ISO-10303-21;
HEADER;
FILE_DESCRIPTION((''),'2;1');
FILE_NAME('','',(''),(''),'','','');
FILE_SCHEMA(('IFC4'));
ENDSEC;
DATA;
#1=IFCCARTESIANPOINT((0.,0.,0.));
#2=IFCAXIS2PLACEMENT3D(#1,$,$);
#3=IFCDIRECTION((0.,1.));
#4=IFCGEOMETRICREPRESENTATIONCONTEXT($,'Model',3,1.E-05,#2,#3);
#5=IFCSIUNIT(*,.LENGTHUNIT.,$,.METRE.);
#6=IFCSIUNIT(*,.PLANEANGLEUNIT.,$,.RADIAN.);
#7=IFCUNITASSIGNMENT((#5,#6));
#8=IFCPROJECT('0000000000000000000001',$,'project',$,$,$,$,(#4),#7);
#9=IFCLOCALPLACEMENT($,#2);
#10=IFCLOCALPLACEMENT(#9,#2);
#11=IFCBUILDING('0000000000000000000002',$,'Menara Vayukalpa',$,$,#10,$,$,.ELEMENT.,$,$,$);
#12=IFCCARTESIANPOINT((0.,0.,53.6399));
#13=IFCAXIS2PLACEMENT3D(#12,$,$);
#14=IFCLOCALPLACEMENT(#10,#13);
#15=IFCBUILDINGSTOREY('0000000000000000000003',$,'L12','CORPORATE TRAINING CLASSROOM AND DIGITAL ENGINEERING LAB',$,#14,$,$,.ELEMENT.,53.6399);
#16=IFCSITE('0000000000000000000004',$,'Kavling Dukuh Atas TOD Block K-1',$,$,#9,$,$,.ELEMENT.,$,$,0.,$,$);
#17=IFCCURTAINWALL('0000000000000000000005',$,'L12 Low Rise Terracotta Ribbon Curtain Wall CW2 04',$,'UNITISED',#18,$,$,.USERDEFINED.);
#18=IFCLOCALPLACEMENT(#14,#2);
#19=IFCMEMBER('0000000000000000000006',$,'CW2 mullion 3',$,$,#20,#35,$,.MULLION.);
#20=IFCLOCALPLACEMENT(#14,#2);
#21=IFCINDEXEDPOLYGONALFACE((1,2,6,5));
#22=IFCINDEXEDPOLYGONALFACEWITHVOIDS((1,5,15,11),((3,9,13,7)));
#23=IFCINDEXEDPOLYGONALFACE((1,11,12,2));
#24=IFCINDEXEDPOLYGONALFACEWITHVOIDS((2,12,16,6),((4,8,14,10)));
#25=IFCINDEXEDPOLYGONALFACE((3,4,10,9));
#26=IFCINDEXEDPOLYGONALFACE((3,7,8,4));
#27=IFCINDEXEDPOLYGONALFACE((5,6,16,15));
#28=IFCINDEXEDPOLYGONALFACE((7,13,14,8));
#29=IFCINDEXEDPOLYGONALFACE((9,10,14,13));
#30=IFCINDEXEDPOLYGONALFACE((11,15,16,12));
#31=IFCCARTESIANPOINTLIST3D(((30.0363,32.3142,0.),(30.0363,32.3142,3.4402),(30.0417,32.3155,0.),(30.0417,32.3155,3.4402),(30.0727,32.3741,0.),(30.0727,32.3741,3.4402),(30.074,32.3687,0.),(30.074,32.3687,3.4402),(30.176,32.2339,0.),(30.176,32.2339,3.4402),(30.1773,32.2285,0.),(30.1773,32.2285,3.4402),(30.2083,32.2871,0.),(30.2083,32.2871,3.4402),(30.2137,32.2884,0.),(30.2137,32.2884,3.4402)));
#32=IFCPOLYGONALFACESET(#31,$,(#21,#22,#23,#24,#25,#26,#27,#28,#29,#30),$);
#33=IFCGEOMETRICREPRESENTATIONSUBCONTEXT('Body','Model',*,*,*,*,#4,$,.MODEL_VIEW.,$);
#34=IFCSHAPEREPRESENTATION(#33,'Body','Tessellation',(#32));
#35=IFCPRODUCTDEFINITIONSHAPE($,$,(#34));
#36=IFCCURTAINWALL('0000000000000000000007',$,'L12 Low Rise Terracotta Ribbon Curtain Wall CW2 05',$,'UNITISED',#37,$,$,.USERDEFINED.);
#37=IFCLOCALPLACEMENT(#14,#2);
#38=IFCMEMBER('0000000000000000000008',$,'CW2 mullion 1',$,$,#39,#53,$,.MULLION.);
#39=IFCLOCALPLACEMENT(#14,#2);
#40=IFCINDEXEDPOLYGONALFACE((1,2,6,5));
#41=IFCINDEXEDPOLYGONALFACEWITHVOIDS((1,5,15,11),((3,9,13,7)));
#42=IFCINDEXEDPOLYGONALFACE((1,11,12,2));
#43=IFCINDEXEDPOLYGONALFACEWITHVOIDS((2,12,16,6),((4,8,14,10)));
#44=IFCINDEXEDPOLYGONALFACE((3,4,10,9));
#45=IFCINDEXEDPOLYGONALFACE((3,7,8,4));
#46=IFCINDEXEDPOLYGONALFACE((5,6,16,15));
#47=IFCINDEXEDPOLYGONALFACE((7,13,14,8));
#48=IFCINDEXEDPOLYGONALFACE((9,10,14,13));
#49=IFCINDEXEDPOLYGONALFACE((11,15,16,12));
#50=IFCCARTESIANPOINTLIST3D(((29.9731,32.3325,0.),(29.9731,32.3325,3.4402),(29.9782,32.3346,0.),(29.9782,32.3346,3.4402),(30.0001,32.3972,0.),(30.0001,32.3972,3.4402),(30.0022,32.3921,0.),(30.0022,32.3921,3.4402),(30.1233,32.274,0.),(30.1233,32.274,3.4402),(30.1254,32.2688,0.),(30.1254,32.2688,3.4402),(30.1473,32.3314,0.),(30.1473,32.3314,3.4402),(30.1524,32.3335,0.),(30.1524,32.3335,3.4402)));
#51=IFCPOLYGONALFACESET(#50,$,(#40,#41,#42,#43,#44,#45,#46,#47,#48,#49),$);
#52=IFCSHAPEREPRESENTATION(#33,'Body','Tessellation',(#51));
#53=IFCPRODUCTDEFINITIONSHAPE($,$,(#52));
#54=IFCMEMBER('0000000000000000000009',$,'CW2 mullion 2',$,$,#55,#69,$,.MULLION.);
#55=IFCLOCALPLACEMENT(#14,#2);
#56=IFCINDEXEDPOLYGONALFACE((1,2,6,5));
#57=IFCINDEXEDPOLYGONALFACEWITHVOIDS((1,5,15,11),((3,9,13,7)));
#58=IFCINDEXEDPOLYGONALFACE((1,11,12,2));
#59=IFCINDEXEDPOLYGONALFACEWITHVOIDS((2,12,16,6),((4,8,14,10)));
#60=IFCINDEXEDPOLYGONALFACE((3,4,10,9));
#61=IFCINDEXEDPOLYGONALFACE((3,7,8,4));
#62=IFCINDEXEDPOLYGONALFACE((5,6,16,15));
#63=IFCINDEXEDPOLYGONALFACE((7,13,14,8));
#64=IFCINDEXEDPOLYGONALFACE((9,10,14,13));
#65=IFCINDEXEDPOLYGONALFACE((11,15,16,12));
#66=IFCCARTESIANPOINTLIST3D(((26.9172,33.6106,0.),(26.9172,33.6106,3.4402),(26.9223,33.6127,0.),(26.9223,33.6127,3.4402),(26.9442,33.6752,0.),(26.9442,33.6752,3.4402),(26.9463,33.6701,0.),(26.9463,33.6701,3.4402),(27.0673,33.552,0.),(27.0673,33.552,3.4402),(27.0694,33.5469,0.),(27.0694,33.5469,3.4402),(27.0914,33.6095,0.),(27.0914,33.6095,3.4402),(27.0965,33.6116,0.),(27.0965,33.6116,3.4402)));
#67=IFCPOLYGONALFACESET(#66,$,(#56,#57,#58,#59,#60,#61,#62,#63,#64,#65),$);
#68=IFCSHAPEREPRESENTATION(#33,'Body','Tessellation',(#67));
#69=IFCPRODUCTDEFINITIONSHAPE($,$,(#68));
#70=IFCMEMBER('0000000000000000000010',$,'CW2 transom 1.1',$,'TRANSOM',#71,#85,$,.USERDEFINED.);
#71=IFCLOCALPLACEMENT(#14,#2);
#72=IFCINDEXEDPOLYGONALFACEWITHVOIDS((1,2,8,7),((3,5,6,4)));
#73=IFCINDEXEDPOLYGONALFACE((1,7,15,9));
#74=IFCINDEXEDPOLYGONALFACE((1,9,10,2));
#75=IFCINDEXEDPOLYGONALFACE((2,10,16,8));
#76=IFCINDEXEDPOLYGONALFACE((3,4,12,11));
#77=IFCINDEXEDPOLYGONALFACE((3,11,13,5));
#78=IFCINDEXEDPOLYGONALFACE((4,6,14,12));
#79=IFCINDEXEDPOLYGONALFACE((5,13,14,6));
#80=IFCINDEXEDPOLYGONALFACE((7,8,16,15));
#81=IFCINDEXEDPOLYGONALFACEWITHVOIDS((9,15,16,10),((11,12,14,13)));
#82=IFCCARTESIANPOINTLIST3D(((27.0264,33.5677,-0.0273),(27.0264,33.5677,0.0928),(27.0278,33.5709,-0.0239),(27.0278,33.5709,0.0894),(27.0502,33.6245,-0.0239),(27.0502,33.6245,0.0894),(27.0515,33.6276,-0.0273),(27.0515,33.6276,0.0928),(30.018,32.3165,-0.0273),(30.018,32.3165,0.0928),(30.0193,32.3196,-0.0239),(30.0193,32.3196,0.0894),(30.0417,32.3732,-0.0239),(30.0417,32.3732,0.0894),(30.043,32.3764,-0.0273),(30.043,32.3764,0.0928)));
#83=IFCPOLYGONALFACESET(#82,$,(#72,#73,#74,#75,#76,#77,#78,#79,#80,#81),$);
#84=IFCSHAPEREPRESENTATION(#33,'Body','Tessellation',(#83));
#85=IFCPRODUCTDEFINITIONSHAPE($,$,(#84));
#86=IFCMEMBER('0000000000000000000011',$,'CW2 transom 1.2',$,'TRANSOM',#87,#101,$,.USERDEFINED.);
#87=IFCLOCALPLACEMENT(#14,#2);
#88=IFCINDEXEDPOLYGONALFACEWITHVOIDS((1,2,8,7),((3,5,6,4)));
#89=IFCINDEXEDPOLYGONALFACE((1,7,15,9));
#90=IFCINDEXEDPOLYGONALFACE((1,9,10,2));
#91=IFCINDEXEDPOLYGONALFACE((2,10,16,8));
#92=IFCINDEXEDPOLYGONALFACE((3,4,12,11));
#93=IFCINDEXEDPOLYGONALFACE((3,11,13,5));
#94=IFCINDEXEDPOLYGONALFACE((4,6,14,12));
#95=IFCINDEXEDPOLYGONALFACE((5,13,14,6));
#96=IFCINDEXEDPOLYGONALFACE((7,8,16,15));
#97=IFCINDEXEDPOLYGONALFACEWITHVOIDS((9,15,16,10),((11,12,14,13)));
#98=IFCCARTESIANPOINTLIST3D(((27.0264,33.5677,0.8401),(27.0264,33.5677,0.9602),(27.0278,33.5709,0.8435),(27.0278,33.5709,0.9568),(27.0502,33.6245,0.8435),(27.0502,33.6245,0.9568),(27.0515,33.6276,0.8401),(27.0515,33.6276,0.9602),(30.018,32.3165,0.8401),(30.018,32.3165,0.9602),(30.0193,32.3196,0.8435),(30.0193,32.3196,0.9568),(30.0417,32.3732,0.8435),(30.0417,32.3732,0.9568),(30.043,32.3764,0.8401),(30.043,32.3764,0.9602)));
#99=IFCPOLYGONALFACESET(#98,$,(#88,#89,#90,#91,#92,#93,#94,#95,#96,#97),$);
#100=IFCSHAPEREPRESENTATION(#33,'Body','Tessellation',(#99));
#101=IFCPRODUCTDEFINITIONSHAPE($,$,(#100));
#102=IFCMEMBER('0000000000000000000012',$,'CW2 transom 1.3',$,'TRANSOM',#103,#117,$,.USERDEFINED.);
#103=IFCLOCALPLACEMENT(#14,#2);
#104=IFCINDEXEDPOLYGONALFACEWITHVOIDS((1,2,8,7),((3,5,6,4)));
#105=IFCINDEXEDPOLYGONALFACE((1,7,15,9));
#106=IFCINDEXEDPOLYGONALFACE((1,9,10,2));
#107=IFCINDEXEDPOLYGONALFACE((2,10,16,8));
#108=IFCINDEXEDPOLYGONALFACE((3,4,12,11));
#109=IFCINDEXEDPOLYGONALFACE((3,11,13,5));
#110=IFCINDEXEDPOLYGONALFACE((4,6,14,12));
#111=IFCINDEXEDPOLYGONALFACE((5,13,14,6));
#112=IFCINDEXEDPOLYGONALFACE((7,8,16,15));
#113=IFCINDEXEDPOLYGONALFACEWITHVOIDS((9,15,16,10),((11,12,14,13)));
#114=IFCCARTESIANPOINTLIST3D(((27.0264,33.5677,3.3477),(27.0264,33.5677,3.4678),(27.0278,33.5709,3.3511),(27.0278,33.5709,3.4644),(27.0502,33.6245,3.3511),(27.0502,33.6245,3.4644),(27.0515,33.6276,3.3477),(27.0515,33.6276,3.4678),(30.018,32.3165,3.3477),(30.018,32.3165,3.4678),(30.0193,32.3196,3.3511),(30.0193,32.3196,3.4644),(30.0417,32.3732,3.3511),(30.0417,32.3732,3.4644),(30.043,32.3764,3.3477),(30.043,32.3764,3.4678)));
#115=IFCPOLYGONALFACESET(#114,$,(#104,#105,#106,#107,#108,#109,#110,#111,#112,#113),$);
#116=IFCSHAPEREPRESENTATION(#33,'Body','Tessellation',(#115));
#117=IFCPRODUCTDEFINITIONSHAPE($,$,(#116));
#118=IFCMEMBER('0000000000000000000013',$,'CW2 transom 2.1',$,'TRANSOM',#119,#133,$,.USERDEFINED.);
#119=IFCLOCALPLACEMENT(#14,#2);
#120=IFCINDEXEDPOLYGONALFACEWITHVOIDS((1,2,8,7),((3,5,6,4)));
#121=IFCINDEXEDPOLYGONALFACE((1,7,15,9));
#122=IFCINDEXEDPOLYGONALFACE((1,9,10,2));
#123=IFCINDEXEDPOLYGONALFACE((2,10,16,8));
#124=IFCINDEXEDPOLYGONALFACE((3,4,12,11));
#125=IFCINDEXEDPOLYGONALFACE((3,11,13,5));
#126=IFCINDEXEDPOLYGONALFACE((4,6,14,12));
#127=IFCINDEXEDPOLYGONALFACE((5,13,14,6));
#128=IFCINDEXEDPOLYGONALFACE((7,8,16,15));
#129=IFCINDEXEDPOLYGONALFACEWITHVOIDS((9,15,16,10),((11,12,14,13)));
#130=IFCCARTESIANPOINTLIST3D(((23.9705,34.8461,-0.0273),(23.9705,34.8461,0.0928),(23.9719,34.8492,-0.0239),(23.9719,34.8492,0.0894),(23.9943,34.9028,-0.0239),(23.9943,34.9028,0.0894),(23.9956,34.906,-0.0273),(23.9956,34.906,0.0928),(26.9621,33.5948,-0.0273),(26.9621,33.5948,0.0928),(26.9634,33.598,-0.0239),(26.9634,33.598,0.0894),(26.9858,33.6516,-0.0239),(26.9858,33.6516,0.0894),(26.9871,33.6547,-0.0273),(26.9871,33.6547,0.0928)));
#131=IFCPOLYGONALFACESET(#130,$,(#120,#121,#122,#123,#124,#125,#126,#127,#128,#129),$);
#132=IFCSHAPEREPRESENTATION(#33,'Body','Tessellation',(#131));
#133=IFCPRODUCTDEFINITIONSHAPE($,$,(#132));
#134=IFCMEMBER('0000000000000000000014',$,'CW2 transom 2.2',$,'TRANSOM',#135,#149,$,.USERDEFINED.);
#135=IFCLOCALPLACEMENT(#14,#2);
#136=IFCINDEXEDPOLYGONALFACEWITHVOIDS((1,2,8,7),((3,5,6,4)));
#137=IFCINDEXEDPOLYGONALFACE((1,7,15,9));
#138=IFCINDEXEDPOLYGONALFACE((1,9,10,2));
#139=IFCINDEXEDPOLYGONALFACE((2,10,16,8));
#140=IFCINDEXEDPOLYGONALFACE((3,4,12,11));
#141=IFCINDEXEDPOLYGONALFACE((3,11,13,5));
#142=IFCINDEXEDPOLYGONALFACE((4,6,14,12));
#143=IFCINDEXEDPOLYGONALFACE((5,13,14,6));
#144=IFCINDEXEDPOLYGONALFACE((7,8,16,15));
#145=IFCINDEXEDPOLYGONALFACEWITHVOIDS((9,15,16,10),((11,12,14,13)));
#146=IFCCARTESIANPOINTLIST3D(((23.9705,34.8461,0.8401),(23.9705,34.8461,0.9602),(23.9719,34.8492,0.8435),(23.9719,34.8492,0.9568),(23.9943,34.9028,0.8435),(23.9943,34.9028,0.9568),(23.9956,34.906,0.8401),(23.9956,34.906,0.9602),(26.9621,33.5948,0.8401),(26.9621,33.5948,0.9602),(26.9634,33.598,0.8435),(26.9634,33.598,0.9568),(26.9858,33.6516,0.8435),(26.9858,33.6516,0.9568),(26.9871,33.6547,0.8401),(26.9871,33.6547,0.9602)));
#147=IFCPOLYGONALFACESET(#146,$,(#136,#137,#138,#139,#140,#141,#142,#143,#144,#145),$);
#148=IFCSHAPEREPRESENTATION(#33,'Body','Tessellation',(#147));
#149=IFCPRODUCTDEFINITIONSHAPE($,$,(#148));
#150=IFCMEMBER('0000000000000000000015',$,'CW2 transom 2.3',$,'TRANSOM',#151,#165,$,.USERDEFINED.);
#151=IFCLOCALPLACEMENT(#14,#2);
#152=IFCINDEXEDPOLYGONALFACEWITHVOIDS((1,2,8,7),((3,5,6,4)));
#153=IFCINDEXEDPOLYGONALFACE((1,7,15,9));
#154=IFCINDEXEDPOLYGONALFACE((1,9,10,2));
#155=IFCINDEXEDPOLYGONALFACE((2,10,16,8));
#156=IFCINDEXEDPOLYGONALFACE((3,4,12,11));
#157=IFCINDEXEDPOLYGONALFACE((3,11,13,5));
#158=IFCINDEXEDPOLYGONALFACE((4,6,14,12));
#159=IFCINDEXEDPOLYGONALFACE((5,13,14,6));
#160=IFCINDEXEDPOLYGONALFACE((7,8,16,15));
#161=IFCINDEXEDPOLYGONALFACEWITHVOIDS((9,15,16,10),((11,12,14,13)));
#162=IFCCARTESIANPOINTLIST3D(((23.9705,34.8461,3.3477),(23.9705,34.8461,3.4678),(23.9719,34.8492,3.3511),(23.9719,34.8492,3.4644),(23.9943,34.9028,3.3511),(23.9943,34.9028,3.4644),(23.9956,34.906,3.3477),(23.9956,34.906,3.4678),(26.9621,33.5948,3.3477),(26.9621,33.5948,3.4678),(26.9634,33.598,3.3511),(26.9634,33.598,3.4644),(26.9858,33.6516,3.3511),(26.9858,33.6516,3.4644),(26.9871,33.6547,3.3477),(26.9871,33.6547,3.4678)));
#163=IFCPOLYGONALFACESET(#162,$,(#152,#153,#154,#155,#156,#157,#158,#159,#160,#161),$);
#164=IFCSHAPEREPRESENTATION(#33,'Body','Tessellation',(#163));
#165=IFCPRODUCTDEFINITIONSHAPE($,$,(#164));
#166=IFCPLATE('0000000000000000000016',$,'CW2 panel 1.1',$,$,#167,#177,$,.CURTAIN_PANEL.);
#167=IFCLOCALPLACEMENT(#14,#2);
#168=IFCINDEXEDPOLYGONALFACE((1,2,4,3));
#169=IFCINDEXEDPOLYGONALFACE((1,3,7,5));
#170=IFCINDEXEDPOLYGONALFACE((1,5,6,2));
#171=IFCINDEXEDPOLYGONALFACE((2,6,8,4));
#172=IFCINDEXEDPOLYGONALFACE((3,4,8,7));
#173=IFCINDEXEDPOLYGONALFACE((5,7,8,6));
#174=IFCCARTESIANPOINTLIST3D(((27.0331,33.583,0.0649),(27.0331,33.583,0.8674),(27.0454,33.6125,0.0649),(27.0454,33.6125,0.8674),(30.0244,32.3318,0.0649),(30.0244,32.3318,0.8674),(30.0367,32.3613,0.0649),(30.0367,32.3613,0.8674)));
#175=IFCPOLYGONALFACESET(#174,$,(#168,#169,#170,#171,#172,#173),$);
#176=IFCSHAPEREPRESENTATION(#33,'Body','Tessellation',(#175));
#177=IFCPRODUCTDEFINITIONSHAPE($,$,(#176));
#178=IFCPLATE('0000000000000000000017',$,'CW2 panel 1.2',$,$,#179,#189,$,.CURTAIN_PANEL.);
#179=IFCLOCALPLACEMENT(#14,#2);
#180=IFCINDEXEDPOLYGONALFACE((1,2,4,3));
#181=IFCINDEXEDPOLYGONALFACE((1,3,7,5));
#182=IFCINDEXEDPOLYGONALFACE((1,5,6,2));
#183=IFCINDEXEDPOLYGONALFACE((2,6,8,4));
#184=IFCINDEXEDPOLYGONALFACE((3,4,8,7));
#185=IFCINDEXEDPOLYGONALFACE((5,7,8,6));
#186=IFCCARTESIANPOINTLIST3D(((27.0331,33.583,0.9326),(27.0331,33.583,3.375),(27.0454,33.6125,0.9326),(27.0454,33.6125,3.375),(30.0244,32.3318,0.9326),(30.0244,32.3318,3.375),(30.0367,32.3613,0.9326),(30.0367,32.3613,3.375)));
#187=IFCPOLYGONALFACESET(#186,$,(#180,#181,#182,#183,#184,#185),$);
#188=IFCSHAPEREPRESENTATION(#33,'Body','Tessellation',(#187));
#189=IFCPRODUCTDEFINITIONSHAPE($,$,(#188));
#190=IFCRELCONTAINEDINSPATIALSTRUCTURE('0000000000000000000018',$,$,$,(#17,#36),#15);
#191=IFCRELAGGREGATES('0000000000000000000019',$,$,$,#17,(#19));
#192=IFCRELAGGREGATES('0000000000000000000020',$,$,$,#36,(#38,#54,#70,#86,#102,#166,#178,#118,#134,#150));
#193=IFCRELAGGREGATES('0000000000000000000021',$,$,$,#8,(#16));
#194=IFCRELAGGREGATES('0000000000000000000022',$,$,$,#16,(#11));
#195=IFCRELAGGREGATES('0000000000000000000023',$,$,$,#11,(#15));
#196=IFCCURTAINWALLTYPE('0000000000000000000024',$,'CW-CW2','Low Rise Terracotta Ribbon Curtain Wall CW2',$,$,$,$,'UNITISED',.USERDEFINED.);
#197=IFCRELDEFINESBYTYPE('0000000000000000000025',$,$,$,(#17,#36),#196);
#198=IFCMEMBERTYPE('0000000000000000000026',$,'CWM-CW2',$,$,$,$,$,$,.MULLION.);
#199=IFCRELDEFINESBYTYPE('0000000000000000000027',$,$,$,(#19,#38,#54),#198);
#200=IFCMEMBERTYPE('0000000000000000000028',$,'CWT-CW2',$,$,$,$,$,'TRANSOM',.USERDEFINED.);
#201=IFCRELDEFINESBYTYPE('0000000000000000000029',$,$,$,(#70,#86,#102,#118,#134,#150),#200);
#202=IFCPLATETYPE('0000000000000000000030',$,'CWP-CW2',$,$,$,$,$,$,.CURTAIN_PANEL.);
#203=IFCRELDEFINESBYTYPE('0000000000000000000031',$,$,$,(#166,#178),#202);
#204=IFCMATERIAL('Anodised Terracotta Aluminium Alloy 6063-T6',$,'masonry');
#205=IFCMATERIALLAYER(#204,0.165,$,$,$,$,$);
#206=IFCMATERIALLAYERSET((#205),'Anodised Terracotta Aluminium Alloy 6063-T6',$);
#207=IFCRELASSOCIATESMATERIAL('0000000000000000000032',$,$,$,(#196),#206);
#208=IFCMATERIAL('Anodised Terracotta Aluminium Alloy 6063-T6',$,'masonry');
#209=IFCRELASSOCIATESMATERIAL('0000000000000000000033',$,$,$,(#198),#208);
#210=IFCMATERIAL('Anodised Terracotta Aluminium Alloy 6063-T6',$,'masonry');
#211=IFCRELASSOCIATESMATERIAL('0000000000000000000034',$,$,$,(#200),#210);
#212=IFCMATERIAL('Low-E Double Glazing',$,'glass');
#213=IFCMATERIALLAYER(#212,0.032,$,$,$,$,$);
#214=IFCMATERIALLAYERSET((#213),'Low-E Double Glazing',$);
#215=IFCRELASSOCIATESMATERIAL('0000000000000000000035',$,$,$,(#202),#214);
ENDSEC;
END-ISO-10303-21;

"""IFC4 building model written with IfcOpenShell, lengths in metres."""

from ifc_helpers import new_model, si_unit, direction, frame, origin, origin_2d, place, context, subcontext, project, spatial, rectangle, hollow_rectangle, extrude, material, layer, layer_set, material_profile, profile_set, type_object, element, aggregate, save


model = new_model("IFC4")

# Units and contexts
model_context = context("Model", 3, precision=1e-05, world=origin(), true_north=direction((0.0, 1.0)))
body_context = subcontext(model_context, "Body", "Model", "MODEL_VIEW")
ifc_project = project(units=[si_unit("LENGTHUNIT", "METRE"), si_unit("PLANEANGLEUNIT", "RADIAN")], contexts=[model_context])

# Site, building, storey
site_placement = place(None, origin())
site = spatial("IfcSite", under=ifc_project, at=site_placement, Name="Kavling Dukuh Atas TOD Block K-1", CompositionType="ELEMENT", RefElevation=0.0)
building_placement = place(site_placement, origin())
building = spatial("IfcBuilding", under=site, at=building_placement, Name="Menara Vayukalpa", CompositionType="ELEMENT")
storey_placement = place(building_placement, frame((0.0, 0.0, 53.6399)))
storey = spatial("IfcBuildingStorey", under=building, at=storey_placement, Name="L12", Description="CORPORATE TRAINING CLASSROOM AND DIGITAL ENGINEERING LAB", CompositionType="ELEMENT", Elevation=53.6399)

# Curtain wall, member
ifc_material_1 = material(Name="Anodised Terracotta Aluminium Alloy 6063-T6", Category="masonry")
ifc_layer_1 = layer(ifc_material_1, 0.165)
ifc_layer_set_1 = layer_set([ifc_layer_1], Name="Anodised Terracotta Aluminium Alloy 6063-T6")
curtain_wall_type = type_object("IfcCurtainWallType", Name="CW-CW2", Description="Low Rise Terracotta Ribbon Curtain Wall CW2", ElementType="UNITISED", PredefinedType="USERDEFINED", material=ifc_layer_set_1)
curtain_wall_1_placement = place(storey_placement, origin())
curtain_wall_1 = element("IfcCurtainWall", 1, at=curtain_wall_1_placement, inside=storey, type_object=curtain_wall_type, Name="L12 Low Rise Terracotta Ribbon Curtain Wall CW2 04", ObjectType="UNITISED", PredefinedType="USERDEFINED")
ifc_material_2 = material(Name="Anodised Terracotta Aluminium Alloy 6063-T6", Category="masonry")
ifc_material_profile_1 = material_profile(ifc_material_2, hollow_rectangle(XDim=0.0701, YDim=0.165, WallThickness=0.0039, at=origin_2d()), Name="ALU 70x165x4")
ifc_profile_set_1 = profile_set([ifc_material_profile_1], Name="Anodised Terracotta Aluminium Alloy 6063-T6")
member_type_1 = type_object("IfcMemberType", Name="CWM-CW2", PredefinedType="MULLION", material=ifc_profile_set_1)
member_1_placement = place(storey_placement, frame((30.125, 32.3013, 0.0), z_axis=(0.0, 0.0, 1.0), x_axis=(-0.519182, -0.854664, 0.0)))
member_1 = element("IfcMember", 2, at=member_1_placement, type_object=member_type_1, Name="CW2 mullion 3", PredefinedType="MULLION", context=body_context, shape_type="SweptSolid", body=[
    extrude(hollow_rectangle(XDim=0.0701, YDim=0.165, WallThickness=0.0039, at=origin_2d()), origin(), (0.0, 0.0, 1.0), 3.4402),
])
aggregate(curtain_wall_1, [member_1])

# Curtain wall, members, plates
curtain_wall_2_placement = place(storey_placement, origin())
curtain_wall_2 = element("IfcCurtainWall", 3, at=curtain_wall_2_placement, inside=storey, type_object=curtain_wall_type, Name="L12 Low Rise Terracotta Ribbon Curtain Wall CW2 05", ObjectType="UNITISED", PredefinedType="USERDEFINED")
member_2_placement = place(storey_placement, frame((30.0627, 32.333, 0.0), z_axis=(0.0, 0.0, 1.0), x_axis=(-0.385895, -0.922543, 0.0)))
member_2 = element("IfcMember", 4, at=member_2_placement, type_object=member_type_1, Name="CW2 mullion 1", PredefinedType="MULLION", context=body_context, shape_type="SweptSolid", body=[
    extrude(hollow_rectangle(XDim=0.0701, YDim=0.165, WallThickness=0.0039, at=origin_2d()), origin(), (0.0, 0.0, 1.0), 3.4402),
])
member_3_placement = place(storey_placement, frame((27.0068, 33.6111, 0.0), z_axis=(0.0, 0.0, 1.0), x_axis=(-0.385895, -0.922543, 0.0)))
member_3 = element("IfcMember", 5, at=member_3_placement, type_object=member_type_1, Name="CW2 mullion 2", PredefinedType="MULLION", context=body_context, shape_type="SweptSolid", body=[
    extrude(hollow_rectangle(XDim=0.0701, YDim=0.165, WallThickness=0.0039, at=origin_2d()), origin(), (0.0, 0.0, 1.0), 3.4402),
])
ifc_material_3 = material(Name="Anodised Terracotta Aluminium Alloy 6063-T6", Category="masonry")
ifc_material_profile_2 = material_profile(ifc_material_3, hollow_rectangle(XDim=0.0649, YDim=0.1201, WallThickness=0.0034, at=origin_2d()), Name="ALU 65x120x3.5")
ifc_profile_set_2 = profile_set([ifc_material_profile_2], Name="Anodised Terracotta Aluminium Alloy 6063-T6")
member_type_2 = type_object("IfcMemberType", Name="CWT-CW2", ElementType="TRANSOM", PredefinedType="USERDEFINED", material=ifc_profile_set_2)
member_4_placement = place(storey_placement, frame((30.0305, 32.3464, 0.0327), z_axis=(-0.922553, 0.385871, 0.0), x_axis=(-0.385871, -0.922553, 0.0)))
member_4 = element("IfcMember", 6, at=member_4_placement, type_object=member_type_2, Name="CW2 transom 1.1", ObjectType="TRANSOM", PredefinedType="USERDEFINED", context=body_context, shape_type="SweptSolid", body=[
    extrude(hollow_rectangle(XDim=0.0649, YDim=0.1201, WallThickness=0.0034, at=origin_2d()), origin(), (0.0, 0.0, 1.0), 3.2427),
])
member_5_placement = place(storey_placement, frame((30.0305, 32.3464, 0.9001), z_axis=(-0.922553, 0.385871, 0.0), x_axis=(-0.385871, -0.922553, 0.0)))
member_5 = element("IfcMember", 7, at=member_5_placement, type_object=member_type_2, Name="CW2 transom 1.2", ObjectType="TRANSOM", PredefinedType="USERDEFINED", context=body_context, shape_type="SweptSolid", body=[
    extrude(hollow_rectangle(XDim=0.0649, YDim=0.1201, WallThickness=0.0034, at=origin_2d()), origin(), (0.0, 0.0, 1.0), 3.2427),
])
member_6_placement = place(storey_placement, frame((30.0305, 32.3464, 3.4077), z_axis=(-0.922553, 0.385871, 0.0), x_axis=(-0.385871, -0.922553, 0.0)))
member_6 = element("IfcMember", 8, at=member_6_placement, type_object=member_type_2, Name="CW2 transom 1.3", ObjectType="TRANSOM", PredefinedType="USERDEFINED", context=body_context, shape_type="SweptSolid", body=[
    extrude(hollow_rectangle(XDim=0.0649, YDim=0.1201, WallThickness=0.0034, at=origin_2d()), origin(), (0.0, 0.0, 1.0), 3.2427),
])
member_7_placement = place(storey_placement, frame((26.9746, 33.6248, 0.0327), z_axis=(-0.922553, 0.385871, 0.0), x_axis=(-0.385871, -0.922553, 0.0)))
member_7 = element("IfcMember", 9, at=member_7_placement, type_object=member_type_2, Name="CW2 transom 2.1", ObjectType="TRANSOM", PredefinedType="USERDEFINED", context=body_context, shape_type="SweptSolid", body=[
    extrude(hollow_rectangle(XDim=0.0649, YDim=0.1201, WallThickness=0.0034, at=origin_2d()), origin(), (0.0, 0.0, 1.0), 3.2427),
])
member_8_placement = place(storey_placement, frame((26.9746, 33.6248, 0.9001), z_axis=(-0.922553, 0.385871, 0.0), x_axis=(-0.385871, -0.922553, 0.0)))
member_8 = element("IfcMember", 10, at=member_8_placement, type_object=member_type_2, Name="CW2 transom 2.2", ObjectType="TRANSOM", PredefinedType="USERDEFINED", context=body_context, shape_type="SweptSolid", body=[
    extrude(hollow_rectangle(XDim=0.0649, YDim=0.1201, WallThickness=0.0034, at=origin_2d()), origin(), (0.0, 0.0, 1.0), 3.2427),
])
member_9_placement = place(storey_placement, frame((26.9746, 33.6248, 3.4077), z_axis=(-0.922553, 0.385871, 0.0), x_axis=(-0.385871, -0.922553, 0.0)))
member_9 = element("IfcMember", 11, at=member_9_placement, type_object=member_type_2, Name="CW2 transom 2.3", ObjectType="TRANSOM", PredefinedType="USERDEFINED", context=body_context, shape_type="SweptSolid", body=[
    extrude(hollow_rectangle(XDim=0.0649, YDim=0.1201, WallThickness=0.0034, at=origin_2d()), origin(), (0.0, 0.0, 1.0), 3.2427),
])
ifc_material_4 = material(Name="Low-E Double Glazing", Category="glass")
ifc_layer_2 = layer(ifc_material_4, 0.032)
ifc_layer_set_2 = layer_set([ifc_layer_2], Name="Low-E Double Glazing")
plate_type = type_object("IfcPlateType", Name="CWP-CW2", PredefinedType="CURTAIN_PANEL", material=ifc_layer_set_2)
plate_1_placement = place(storey_placement, frame((28.5349, 32.9722, 0.0649), z_axis=(0.0, 0.0, 1.0), x_axis=(-0.922543, 0.385895, 0.0)))
plate_1 = element("IfcPlate", 12, at=plate_1_placement, type_object=plate_type, Name="CW2 panel 1.1", PredefinedType="CURTAIN_PANEL", context=body_context, shape_type="SweptSolid", body=[
    extrude(rectangle(XDim=3.2424, YDim=0.032, at=origin_2d()), origin(), (0.0, 0.0, 1.0), 0.8025),
])
plate_2_placement = place(storey_placement, frame((28.5349, 32.9722, 0.9326), z_axis=(0.0, 0.0, 1.0), x_axis=(-0.922543, 0.385895, 0.0)))
plate_2 = element("IfcPlate", 13, at=plate_2_placement, type_object=plate_type, Name="CW2 panel 1.2", PredefinedType="CURTAIN_PANEL", context=body_context, shape_type="SweptSolid", body=[
    extrude(rectangle(XDim=3.2424, YDim=0.032, at=origin_2d()), origin(), (0.0, 0.0, 1.0), 2.4424),
])
aggregate(curtain_wall_2, [member_2, member_3, member_4, member_5, member_6, plate_1, plate_2, member_7, member_8, member_9])

save(model, "model.ifc")
